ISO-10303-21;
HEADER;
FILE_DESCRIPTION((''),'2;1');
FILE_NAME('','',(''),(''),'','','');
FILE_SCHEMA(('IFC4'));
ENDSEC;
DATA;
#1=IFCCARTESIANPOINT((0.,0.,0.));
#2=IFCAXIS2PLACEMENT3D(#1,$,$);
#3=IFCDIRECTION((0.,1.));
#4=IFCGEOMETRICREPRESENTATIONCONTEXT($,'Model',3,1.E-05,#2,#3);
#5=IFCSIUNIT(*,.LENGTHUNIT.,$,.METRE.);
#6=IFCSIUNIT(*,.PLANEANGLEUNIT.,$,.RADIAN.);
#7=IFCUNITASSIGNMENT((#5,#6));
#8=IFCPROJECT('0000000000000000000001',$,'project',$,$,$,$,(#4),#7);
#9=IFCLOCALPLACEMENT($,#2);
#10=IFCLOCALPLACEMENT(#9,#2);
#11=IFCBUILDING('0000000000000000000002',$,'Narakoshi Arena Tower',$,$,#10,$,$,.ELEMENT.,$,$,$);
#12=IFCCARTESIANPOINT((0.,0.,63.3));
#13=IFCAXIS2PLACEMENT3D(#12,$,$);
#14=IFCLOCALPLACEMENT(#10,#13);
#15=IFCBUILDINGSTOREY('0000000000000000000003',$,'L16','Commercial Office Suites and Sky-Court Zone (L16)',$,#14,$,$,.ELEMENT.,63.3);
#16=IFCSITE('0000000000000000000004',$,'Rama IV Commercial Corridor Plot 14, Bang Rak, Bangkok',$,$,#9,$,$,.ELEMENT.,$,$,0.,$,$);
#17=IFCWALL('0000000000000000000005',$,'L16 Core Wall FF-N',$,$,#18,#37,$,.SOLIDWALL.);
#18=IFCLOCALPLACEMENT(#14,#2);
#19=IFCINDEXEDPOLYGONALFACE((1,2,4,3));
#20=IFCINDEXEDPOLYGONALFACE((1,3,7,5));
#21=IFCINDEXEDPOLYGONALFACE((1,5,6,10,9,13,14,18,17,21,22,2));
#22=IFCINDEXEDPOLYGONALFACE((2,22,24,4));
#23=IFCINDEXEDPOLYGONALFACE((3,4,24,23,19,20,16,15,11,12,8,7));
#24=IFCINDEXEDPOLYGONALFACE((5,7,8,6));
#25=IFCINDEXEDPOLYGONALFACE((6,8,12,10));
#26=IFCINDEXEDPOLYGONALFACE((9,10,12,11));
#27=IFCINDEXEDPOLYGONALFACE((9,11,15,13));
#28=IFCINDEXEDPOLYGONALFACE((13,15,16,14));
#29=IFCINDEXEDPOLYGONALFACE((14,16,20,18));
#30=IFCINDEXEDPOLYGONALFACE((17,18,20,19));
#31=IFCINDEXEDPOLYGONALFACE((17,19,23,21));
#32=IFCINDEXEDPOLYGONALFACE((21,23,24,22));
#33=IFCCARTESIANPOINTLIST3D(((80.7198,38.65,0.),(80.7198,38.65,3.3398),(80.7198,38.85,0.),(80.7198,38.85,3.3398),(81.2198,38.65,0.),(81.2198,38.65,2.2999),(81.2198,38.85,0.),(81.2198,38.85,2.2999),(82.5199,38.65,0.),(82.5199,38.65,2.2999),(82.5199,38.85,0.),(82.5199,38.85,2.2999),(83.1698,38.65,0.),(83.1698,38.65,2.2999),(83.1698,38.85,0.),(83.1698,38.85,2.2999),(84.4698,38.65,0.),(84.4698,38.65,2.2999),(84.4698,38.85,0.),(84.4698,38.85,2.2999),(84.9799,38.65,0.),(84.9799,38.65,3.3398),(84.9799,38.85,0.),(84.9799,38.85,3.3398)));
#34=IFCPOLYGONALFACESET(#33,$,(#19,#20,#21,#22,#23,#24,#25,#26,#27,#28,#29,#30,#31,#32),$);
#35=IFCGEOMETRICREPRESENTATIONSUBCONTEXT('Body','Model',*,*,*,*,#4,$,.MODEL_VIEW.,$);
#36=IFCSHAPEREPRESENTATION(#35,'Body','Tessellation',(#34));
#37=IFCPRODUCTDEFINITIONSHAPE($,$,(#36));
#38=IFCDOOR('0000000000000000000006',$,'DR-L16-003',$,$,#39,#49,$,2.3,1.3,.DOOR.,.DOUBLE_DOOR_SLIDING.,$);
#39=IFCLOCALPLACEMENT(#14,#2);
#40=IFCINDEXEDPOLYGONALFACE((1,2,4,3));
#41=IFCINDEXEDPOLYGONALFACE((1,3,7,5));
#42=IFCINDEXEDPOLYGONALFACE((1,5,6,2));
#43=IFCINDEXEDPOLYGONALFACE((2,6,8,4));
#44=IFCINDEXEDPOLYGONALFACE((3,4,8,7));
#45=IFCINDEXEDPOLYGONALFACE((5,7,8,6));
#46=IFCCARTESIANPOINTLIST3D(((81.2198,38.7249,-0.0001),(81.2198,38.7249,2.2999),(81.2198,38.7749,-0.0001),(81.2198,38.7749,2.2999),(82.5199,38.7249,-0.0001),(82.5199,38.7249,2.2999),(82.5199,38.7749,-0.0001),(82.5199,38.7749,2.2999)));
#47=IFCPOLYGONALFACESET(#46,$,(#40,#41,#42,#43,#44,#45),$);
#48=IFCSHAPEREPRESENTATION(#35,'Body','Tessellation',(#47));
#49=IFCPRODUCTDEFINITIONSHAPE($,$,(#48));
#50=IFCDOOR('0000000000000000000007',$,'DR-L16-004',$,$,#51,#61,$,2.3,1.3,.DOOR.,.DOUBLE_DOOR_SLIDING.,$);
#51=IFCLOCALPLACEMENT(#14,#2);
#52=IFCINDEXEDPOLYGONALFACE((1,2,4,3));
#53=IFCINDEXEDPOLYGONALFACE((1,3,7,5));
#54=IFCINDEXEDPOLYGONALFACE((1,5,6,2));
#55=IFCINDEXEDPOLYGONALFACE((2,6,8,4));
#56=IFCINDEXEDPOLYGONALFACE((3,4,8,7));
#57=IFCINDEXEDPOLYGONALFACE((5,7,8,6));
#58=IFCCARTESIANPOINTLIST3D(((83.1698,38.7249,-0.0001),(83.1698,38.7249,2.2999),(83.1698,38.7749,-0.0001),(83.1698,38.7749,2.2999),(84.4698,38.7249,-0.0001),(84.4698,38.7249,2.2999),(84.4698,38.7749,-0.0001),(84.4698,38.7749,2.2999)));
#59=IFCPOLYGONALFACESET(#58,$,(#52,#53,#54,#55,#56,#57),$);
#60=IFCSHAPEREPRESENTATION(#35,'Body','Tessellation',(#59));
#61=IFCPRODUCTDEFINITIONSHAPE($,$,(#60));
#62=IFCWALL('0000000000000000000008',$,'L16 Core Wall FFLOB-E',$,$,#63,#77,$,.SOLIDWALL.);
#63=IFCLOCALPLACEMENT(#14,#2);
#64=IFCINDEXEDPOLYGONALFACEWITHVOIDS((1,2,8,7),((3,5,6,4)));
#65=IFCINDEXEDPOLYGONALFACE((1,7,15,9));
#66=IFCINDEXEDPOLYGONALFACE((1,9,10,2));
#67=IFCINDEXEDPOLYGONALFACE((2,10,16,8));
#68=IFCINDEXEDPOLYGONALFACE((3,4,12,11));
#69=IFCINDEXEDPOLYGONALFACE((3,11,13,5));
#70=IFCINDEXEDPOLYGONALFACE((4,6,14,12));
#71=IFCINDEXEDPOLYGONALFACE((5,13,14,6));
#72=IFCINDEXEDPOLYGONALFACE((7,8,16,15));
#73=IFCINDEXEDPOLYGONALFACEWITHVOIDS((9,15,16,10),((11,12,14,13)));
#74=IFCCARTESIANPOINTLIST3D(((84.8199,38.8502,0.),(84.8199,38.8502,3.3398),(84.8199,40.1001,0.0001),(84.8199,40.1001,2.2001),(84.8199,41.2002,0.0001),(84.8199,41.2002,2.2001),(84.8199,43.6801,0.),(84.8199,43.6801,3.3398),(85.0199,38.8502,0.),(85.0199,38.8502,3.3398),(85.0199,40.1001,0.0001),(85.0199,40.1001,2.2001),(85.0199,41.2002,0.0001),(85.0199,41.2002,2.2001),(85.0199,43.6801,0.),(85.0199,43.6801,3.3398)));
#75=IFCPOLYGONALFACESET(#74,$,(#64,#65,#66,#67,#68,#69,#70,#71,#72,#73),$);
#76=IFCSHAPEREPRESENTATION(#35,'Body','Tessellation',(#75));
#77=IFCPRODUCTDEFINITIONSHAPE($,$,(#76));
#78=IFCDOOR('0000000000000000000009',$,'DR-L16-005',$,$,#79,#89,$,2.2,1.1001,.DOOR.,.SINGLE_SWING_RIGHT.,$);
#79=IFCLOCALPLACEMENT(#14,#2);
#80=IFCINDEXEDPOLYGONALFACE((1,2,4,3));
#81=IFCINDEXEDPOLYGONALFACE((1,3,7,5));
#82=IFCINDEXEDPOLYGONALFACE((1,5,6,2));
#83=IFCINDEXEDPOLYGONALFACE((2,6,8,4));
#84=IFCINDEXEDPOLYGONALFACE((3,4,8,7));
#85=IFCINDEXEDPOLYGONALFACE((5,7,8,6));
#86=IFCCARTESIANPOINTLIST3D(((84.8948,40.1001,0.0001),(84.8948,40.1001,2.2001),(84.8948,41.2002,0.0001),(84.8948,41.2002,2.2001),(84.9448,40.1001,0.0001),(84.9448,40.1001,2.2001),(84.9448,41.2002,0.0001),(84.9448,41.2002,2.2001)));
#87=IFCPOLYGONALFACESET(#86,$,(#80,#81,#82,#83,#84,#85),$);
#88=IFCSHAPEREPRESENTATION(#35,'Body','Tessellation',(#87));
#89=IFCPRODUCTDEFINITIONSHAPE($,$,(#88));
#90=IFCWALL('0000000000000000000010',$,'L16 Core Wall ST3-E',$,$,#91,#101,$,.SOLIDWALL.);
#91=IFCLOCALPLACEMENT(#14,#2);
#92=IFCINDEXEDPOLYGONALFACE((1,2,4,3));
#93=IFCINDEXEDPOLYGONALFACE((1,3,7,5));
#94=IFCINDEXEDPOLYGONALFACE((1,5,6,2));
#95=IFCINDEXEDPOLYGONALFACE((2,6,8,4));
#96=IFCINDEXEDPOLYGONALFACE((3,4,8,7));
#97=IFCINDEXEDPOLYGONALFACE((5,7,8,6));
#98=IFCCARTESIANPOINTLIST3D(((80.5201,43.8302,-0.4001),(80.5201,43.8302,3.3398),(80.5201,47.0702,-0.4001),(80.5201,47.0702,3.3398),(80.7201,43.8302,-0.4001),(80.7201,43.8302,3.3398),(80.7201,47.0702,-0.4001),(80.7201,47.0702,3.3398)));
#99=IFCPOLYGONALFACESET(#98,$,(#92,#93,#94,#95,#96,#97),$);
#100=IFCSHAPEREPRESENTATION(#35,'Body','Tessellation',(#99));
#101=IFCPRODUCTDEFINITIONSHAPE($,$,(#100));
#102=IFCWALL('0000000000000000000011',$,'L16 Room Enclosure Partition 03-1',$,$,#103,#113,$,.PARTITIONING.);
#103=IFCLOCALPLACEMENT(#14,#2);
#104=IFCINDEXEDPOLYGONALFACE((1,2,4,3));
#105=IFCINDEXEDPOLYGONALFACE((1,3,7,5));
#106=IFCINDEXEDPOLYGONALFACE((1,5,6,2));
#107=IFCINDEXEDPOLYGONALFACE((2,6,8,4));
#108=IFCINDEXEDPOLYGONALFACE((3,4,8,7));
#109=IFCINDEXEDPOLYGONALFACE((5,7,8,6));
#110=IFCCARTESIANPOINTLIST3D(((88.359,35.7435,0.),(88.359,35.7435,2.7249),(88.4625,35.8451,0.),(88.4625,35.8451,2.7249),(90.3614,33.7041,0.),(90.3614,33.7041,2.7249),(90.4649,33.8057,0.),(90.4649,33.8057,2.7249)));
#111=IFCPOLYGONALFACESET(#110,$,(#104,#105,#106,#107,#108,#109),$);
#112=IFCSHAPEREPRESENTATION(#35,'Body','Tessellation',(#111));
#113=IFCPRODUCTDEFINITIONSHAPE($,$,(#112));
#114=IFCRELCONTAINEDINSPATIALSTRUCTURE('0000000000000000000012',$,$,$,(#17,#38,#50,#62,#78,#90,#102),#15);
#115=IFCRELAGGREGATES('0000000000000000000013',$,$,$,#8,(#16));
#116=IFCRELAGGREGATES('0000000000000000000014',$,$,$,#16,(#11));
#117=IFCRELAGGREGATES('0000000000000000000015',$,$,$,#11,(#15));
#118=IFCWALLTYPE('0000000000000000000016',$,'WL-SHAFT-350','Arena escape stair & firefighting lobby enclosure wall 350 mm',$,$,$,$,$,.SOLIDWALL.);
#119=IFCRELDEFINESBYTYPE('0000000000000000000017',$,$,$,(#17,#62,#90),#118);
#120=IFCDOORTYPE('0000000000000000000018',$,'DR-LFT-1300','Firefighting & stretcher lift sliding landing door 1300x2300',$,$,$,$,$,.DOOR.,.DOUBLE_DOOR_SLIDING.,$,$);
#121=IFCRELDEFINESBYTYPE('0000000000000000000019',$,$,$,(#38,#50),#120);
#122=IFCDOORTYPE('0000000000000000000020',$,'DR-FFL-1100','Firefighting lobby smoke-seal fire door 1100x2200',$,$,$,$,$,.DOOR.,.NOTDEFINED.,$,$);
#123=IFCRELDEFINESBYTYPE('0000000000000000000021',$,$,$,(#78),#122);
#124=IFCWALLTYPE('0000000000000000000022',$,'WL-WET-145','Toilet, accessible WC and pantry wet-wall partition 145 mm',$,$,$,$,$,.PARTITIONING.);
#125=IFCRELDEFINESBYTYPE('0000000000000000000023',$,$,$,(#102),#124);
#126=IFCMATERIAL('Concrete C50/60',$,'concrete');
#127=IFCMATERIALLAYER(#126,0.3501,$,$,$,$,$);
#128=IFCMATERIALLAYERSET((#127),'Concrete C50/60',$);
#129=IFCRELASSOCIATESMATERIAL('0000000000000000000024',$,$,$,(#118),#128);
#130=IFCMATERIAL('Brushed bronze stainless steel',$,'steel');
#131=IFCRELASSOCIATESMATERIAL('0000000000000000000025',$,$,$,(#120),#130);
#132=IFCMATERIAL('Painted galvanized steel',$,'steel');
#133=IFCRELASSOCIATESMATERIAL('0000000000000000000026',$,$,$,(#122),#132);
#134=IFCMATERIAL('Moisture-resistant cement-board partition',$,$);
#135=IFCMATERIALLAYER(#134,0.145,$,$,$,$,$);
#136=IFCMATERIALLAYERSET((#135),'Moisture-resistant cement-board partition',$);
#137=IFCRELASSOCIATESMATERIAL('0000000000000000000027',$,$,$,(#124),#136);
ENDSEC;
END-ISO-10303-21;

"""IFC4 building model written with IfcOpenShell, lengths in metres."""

from ifc_helpers import new_model, si_unit, direction, frame, frame_2d, origin, place, context, subcontext, project, spatial, rectangle, extrude, material, layer, layer_set, type_object, element, fill, save


model = new_model("IFC4")

# Units and contexts
model_context = context("Model", 3, precision=1e-05, world=origin(), true_north=direction((0.0, 1.0)))
body_context = subcontext(model_context, "Body", "Model", "MODEL_VIEW")
ifc_project = project(units=[si_unit("LENGTHUNIT", "METRE"), si_unit("PLANEANGLEUNIT", "RADIAN")], contexts=[model_context])

# Site, building, storey
site_placement = place(None, origin())
site = spatial("IfcSite", under=ifc_project, at=site_placement, Name="Rama IV Commercial Corridor Plot 14, Bang Rak, Bangkok", CompositionType="ELEMENT", RefElevation=0.0)
building_placement = place(site_placement, origin())
building = spatial("IfcBuilding", under=site, at=building_placement, Name="Narakoshi Arena Tower", CompositionType="ELEMENT")
storey_placement = place(building_placement, frame((0.0, 0.0, 63.3)))
storey = spatial("IfcBuildingStorey", under=building, at=storey_placement, Name="L16", Description="Commercial Office Suites and Sky-Court Zone (L16)", CompositionType="ELEMENT", Elevation=63.3)

# Shared definitions
ifc_material_1 = material(Name="Painted galvanized steel", Category="steel")

# Shared definitions
ifc_material_2 = material(Name="Concrete C50/60", Category="concrete")
ifc_layer_1 = layer(ifc_material_2, 0.3501)
ifc_layer_set_1 = layer_set([ifc_layer_1], Name="Concrete C50/60")
wall_type_1 = type_object("IfcWallType", Name="WL-SHAFT-350", Description="Arena escape stair & firefighting lobby enclosure wall 350 mm", PredefinedType="SOLIDWALL", material=ifc_layer_set_1)

# Wall, openings, doors
wall_1_placement = place(storey_placement, frame((80.72, 38.75, 0.0), z_axis=(0.0, 0.0, 1.0), x_axis=(1.0, 0.0, 0.0)))
wall_1 = element("IfcWall", 1, at=wall_1_placement, inside=storey, type_object=wall_type_1, Name="L16 Core Wall FF-N", PredefinedType="SOLIDWALL", context=body_context, shape_type="SweptSolid", body=[
    extrude(rectangle(XDim=4.26, YDim=0.2, at=frame_2d((2.1299, 0.0))), origin(), (0.0, 0.0, 1.0), 3.3398),
])
opening_1_placement = place(wall_1_placement, frame((0.5, 0.0, 0.0)))
opening_1 = element("IfcOpeningElement", 2, at=opening_1_placement, cuts=wall_1, PredefinedType="OPENING", context=body_context, shape_type="SweptSolid", body=[
    extrude(rectangle(XDim=1.3, YDim=2.3, at=frame_2d((0.6499, 1.1499))), frame((0.0, 0.1099, 0.0), z_axis=(0.0, -1.0, 0.0), x_axis=(1.0, 0.0, 0.0)), (0.0, 0.0, 1.0), 0.22),
])
opening_2_placement = place(wall_1_placement, frame((2.45, 0.0, 0.0)))
opening_2 = element("IfcOpeningElement", 3, at=opening_2_placement, cuts=wall_1, PredefinedType="OPENING", context=body_context, shape_type="SweptSolid", body=[
    extrude(rectangle(XDim=1.3, YDim=2.3, at=frame_2d((0.6499, 1.1499))), frame((0.0, 0.1099, 0.0), z_axis=(0.0, -1.0, 0.0), x_axis=(1.0, 0.0, 0.0)), (0.0, 0.0, 1.0), 0.22),
])
ifc_material_3 = material(Name="Brushed bronze stainless steel", Category="steel")
door_type_1 = type_object("IfcDoorType", Name="DR-LFT-1300", Description="Firefighting & stretcher lift sliding landing door 1300x2300", OperationType="DOUBLE_DOOR_SLIDING", PredefinedType="DOOR", material=ifc_material_3)
door_1_placement = place(opening_1_placement, origin())
door_1 = element("IfcDoor", 4, at=door_1_placement, inside=storey, type_object=door_type_1, Name="DR-L16-003", OperationType="DOUBLE_DOOR_SLIDING", OverallHeight=2.3, OverallWidth=1.3, PredefinedType="DOOR", context=body_context, shape_type="SweptSolid", body=[
    extrude(rectangle(XDim=1.3, YDim=2.3, at=frame_2d((0.6499, 1.1499))), frame((0.0, 0.0249, 0.0), z_axis=(0.0, -1.0, 0.0), x_axis=(1.0, 0.0, 0.0)), (0.0, 0.0, 1.0), 0.05),
])
fill(opening_1, door_1)
door_2_placement = place(opening_2_placement, origin())
door_2 = element("IfcDoor", 5, at=door_2_placement, inside=storey, type_object=door_type_1, Name="DR-L16-004", OperationType="DOUBLE_DOOR_SLIDING", OverallHeight=2.3, OverallWidth=1.3, PredefinedType="DOOR", context=body_context, shape_type="SweptSolid", body=[
    extrude(rectangle(XDim=1.3, YDim=2.3, at=frame_2d((0.6499, 1.1499))), frame((0.0, 0.0249, 0.0), z_axis=(0.0, -1.0, 0.0), x_axis=(1.0, 0.0, 0.0)), (0.0, 0.0, 1.0), 0.05),
])
fill(opening_2, door_2)

# Wall, opening, door
wall_2_placement = place(storey_placement, frame((84.9199, 38.8501, 0.0), z_axis=(0.0, 0.0, 1.0), x_axis=(0.0, 1.0, 0.0)))
wall_2 = element("IfcWall", 6, at=wall_2_placement, inside=storey, type_object=wall_type_1, Name="L16 Core Wall FFLOB-E", PredefinedType="SOLIDWALL", context=body_context, shape_type="SweptSolid", body=[
    extrude(rectangle(XDim=4.8298, YDim=0.2, at=frame_2d((2.415, 0.0))), origin(), (0.0, 0.0, 1.0), 3.3398),
])
opening_3_placement = place(wall_2_placement, frame((1.25, 0.0, 0.0)))
opening_3 = element("IfcOpeningElement", 7, at=opening_3_placement, cuts=wall_2, PredefinedType="OPENING", context=body_context, shape_type="SweptSolid", body=[
    extrude(rectangle(XDim=1.1001, YDim=2.2, at=frame_2d((0.55, 1.1001))), frame((0.0, 0.1099, 0.0), z_axis=(0.0, -1.0, 0.0), x_axis=(1.0, 0.0, 0.0)), (0.0, 0.0, 1.0), 0.22),
])
door_type_2 = type_object("IfcDoorType", Name="DR-FFL-1100", Description="Firefighting lobby smoke-seal fire door 1100x2200", OperationType="NOTDEFINED", PredefinedType="DOOR", material=ifc_material_1)
door_3_placement = place(opening_3_placement, frame((1.1001, 0.0, 0.0), z_axis=(0.0, 0.0, 1.0), x_axis=(-1.0, 0.0, 0.0)))
door_3 = element("IfcDoor", 8, at=door_3_placement, inside=storey, type_object=door_type_2, Name="DR-L16-005", OperationType="SINGLE_SWING_RIGHT", OverallHeight=2.2, OverallWidth=1.1001, PredefinedType="DOOR", context=body_context, shape_type="SweptSolid", body=[
    extrude(rectangle(XDim=1.1001, YDim=2.2, at=frame_2d((0.55, 1.1001))), frame((0.0, 0.0249, 0.0), z_axis=(0.0, -1.0, 0.0), x_axis=(1.0, 0.0, 0.0)), (0.0, 0.0, 1.0), 0.05),
])
fill(opening_3, door_3)

# Walls
wall_3_placement = place(storey_placement, frame((80.6201, 43.8301, -0.4001), z_axis=(0.0, 0.0, 1.0), x_axis=(0.0, 1.0, 0.0)))
element("IfcWall", 9, at=wall_3_placement, inside=storey, type_object=wall_type_1, Name="L16 Core Wall ST3-E", PredefinedType="SOLIDWALL", context=body_context, shape_type="SweptSolid", body=[
    extrude(rectangle(XDim=3.24, YDim=0.2, at=frame_2d((1.6201, 0.0))), origin(), (0.0, 0.0, 1.0), 3.74),
])
ifc_material_4 = material(Name="Moisture-resistant cement-board partition")
ifc_layer_2 = layer(ifc_material_4, 0.145)
ifc_layer_set_2 = layer_set([ifc_layer_2], Name="Moisture-resistant cement-board partition")
wall_type_2 = type_object("IfcWallType", Name="WL-WET-145", Description="Toilet, accessible WC and pantry wet-wall partition 145 mm", PredefinedType="PARTITIONING", material=ifc_layer_set_2)
wall_4_placement = place(storey_placement, frame((88.4106, 35.7944, 0.0), z_axis=(0.0, 0.0, 1.0), x_axis=(0.700585, -0.713569, 0.0)))
element("IfcWall", 10, at=wall_4_placement, inside=storey, type_object=wall_type_2, Name="L16 Room Enclosure Partition 03-1", PredefinedType="PARTITIONING", context=body_context, shape_type="SweptSolid", body=[
    extrude(rectangle(XDim=2.8582, YDim=0.145, at=frame_2d((1.4292, 0.0))), origin(), (0.0, 0.0, 1.0), 2.7249),
])

save(model, "model.ifc")
